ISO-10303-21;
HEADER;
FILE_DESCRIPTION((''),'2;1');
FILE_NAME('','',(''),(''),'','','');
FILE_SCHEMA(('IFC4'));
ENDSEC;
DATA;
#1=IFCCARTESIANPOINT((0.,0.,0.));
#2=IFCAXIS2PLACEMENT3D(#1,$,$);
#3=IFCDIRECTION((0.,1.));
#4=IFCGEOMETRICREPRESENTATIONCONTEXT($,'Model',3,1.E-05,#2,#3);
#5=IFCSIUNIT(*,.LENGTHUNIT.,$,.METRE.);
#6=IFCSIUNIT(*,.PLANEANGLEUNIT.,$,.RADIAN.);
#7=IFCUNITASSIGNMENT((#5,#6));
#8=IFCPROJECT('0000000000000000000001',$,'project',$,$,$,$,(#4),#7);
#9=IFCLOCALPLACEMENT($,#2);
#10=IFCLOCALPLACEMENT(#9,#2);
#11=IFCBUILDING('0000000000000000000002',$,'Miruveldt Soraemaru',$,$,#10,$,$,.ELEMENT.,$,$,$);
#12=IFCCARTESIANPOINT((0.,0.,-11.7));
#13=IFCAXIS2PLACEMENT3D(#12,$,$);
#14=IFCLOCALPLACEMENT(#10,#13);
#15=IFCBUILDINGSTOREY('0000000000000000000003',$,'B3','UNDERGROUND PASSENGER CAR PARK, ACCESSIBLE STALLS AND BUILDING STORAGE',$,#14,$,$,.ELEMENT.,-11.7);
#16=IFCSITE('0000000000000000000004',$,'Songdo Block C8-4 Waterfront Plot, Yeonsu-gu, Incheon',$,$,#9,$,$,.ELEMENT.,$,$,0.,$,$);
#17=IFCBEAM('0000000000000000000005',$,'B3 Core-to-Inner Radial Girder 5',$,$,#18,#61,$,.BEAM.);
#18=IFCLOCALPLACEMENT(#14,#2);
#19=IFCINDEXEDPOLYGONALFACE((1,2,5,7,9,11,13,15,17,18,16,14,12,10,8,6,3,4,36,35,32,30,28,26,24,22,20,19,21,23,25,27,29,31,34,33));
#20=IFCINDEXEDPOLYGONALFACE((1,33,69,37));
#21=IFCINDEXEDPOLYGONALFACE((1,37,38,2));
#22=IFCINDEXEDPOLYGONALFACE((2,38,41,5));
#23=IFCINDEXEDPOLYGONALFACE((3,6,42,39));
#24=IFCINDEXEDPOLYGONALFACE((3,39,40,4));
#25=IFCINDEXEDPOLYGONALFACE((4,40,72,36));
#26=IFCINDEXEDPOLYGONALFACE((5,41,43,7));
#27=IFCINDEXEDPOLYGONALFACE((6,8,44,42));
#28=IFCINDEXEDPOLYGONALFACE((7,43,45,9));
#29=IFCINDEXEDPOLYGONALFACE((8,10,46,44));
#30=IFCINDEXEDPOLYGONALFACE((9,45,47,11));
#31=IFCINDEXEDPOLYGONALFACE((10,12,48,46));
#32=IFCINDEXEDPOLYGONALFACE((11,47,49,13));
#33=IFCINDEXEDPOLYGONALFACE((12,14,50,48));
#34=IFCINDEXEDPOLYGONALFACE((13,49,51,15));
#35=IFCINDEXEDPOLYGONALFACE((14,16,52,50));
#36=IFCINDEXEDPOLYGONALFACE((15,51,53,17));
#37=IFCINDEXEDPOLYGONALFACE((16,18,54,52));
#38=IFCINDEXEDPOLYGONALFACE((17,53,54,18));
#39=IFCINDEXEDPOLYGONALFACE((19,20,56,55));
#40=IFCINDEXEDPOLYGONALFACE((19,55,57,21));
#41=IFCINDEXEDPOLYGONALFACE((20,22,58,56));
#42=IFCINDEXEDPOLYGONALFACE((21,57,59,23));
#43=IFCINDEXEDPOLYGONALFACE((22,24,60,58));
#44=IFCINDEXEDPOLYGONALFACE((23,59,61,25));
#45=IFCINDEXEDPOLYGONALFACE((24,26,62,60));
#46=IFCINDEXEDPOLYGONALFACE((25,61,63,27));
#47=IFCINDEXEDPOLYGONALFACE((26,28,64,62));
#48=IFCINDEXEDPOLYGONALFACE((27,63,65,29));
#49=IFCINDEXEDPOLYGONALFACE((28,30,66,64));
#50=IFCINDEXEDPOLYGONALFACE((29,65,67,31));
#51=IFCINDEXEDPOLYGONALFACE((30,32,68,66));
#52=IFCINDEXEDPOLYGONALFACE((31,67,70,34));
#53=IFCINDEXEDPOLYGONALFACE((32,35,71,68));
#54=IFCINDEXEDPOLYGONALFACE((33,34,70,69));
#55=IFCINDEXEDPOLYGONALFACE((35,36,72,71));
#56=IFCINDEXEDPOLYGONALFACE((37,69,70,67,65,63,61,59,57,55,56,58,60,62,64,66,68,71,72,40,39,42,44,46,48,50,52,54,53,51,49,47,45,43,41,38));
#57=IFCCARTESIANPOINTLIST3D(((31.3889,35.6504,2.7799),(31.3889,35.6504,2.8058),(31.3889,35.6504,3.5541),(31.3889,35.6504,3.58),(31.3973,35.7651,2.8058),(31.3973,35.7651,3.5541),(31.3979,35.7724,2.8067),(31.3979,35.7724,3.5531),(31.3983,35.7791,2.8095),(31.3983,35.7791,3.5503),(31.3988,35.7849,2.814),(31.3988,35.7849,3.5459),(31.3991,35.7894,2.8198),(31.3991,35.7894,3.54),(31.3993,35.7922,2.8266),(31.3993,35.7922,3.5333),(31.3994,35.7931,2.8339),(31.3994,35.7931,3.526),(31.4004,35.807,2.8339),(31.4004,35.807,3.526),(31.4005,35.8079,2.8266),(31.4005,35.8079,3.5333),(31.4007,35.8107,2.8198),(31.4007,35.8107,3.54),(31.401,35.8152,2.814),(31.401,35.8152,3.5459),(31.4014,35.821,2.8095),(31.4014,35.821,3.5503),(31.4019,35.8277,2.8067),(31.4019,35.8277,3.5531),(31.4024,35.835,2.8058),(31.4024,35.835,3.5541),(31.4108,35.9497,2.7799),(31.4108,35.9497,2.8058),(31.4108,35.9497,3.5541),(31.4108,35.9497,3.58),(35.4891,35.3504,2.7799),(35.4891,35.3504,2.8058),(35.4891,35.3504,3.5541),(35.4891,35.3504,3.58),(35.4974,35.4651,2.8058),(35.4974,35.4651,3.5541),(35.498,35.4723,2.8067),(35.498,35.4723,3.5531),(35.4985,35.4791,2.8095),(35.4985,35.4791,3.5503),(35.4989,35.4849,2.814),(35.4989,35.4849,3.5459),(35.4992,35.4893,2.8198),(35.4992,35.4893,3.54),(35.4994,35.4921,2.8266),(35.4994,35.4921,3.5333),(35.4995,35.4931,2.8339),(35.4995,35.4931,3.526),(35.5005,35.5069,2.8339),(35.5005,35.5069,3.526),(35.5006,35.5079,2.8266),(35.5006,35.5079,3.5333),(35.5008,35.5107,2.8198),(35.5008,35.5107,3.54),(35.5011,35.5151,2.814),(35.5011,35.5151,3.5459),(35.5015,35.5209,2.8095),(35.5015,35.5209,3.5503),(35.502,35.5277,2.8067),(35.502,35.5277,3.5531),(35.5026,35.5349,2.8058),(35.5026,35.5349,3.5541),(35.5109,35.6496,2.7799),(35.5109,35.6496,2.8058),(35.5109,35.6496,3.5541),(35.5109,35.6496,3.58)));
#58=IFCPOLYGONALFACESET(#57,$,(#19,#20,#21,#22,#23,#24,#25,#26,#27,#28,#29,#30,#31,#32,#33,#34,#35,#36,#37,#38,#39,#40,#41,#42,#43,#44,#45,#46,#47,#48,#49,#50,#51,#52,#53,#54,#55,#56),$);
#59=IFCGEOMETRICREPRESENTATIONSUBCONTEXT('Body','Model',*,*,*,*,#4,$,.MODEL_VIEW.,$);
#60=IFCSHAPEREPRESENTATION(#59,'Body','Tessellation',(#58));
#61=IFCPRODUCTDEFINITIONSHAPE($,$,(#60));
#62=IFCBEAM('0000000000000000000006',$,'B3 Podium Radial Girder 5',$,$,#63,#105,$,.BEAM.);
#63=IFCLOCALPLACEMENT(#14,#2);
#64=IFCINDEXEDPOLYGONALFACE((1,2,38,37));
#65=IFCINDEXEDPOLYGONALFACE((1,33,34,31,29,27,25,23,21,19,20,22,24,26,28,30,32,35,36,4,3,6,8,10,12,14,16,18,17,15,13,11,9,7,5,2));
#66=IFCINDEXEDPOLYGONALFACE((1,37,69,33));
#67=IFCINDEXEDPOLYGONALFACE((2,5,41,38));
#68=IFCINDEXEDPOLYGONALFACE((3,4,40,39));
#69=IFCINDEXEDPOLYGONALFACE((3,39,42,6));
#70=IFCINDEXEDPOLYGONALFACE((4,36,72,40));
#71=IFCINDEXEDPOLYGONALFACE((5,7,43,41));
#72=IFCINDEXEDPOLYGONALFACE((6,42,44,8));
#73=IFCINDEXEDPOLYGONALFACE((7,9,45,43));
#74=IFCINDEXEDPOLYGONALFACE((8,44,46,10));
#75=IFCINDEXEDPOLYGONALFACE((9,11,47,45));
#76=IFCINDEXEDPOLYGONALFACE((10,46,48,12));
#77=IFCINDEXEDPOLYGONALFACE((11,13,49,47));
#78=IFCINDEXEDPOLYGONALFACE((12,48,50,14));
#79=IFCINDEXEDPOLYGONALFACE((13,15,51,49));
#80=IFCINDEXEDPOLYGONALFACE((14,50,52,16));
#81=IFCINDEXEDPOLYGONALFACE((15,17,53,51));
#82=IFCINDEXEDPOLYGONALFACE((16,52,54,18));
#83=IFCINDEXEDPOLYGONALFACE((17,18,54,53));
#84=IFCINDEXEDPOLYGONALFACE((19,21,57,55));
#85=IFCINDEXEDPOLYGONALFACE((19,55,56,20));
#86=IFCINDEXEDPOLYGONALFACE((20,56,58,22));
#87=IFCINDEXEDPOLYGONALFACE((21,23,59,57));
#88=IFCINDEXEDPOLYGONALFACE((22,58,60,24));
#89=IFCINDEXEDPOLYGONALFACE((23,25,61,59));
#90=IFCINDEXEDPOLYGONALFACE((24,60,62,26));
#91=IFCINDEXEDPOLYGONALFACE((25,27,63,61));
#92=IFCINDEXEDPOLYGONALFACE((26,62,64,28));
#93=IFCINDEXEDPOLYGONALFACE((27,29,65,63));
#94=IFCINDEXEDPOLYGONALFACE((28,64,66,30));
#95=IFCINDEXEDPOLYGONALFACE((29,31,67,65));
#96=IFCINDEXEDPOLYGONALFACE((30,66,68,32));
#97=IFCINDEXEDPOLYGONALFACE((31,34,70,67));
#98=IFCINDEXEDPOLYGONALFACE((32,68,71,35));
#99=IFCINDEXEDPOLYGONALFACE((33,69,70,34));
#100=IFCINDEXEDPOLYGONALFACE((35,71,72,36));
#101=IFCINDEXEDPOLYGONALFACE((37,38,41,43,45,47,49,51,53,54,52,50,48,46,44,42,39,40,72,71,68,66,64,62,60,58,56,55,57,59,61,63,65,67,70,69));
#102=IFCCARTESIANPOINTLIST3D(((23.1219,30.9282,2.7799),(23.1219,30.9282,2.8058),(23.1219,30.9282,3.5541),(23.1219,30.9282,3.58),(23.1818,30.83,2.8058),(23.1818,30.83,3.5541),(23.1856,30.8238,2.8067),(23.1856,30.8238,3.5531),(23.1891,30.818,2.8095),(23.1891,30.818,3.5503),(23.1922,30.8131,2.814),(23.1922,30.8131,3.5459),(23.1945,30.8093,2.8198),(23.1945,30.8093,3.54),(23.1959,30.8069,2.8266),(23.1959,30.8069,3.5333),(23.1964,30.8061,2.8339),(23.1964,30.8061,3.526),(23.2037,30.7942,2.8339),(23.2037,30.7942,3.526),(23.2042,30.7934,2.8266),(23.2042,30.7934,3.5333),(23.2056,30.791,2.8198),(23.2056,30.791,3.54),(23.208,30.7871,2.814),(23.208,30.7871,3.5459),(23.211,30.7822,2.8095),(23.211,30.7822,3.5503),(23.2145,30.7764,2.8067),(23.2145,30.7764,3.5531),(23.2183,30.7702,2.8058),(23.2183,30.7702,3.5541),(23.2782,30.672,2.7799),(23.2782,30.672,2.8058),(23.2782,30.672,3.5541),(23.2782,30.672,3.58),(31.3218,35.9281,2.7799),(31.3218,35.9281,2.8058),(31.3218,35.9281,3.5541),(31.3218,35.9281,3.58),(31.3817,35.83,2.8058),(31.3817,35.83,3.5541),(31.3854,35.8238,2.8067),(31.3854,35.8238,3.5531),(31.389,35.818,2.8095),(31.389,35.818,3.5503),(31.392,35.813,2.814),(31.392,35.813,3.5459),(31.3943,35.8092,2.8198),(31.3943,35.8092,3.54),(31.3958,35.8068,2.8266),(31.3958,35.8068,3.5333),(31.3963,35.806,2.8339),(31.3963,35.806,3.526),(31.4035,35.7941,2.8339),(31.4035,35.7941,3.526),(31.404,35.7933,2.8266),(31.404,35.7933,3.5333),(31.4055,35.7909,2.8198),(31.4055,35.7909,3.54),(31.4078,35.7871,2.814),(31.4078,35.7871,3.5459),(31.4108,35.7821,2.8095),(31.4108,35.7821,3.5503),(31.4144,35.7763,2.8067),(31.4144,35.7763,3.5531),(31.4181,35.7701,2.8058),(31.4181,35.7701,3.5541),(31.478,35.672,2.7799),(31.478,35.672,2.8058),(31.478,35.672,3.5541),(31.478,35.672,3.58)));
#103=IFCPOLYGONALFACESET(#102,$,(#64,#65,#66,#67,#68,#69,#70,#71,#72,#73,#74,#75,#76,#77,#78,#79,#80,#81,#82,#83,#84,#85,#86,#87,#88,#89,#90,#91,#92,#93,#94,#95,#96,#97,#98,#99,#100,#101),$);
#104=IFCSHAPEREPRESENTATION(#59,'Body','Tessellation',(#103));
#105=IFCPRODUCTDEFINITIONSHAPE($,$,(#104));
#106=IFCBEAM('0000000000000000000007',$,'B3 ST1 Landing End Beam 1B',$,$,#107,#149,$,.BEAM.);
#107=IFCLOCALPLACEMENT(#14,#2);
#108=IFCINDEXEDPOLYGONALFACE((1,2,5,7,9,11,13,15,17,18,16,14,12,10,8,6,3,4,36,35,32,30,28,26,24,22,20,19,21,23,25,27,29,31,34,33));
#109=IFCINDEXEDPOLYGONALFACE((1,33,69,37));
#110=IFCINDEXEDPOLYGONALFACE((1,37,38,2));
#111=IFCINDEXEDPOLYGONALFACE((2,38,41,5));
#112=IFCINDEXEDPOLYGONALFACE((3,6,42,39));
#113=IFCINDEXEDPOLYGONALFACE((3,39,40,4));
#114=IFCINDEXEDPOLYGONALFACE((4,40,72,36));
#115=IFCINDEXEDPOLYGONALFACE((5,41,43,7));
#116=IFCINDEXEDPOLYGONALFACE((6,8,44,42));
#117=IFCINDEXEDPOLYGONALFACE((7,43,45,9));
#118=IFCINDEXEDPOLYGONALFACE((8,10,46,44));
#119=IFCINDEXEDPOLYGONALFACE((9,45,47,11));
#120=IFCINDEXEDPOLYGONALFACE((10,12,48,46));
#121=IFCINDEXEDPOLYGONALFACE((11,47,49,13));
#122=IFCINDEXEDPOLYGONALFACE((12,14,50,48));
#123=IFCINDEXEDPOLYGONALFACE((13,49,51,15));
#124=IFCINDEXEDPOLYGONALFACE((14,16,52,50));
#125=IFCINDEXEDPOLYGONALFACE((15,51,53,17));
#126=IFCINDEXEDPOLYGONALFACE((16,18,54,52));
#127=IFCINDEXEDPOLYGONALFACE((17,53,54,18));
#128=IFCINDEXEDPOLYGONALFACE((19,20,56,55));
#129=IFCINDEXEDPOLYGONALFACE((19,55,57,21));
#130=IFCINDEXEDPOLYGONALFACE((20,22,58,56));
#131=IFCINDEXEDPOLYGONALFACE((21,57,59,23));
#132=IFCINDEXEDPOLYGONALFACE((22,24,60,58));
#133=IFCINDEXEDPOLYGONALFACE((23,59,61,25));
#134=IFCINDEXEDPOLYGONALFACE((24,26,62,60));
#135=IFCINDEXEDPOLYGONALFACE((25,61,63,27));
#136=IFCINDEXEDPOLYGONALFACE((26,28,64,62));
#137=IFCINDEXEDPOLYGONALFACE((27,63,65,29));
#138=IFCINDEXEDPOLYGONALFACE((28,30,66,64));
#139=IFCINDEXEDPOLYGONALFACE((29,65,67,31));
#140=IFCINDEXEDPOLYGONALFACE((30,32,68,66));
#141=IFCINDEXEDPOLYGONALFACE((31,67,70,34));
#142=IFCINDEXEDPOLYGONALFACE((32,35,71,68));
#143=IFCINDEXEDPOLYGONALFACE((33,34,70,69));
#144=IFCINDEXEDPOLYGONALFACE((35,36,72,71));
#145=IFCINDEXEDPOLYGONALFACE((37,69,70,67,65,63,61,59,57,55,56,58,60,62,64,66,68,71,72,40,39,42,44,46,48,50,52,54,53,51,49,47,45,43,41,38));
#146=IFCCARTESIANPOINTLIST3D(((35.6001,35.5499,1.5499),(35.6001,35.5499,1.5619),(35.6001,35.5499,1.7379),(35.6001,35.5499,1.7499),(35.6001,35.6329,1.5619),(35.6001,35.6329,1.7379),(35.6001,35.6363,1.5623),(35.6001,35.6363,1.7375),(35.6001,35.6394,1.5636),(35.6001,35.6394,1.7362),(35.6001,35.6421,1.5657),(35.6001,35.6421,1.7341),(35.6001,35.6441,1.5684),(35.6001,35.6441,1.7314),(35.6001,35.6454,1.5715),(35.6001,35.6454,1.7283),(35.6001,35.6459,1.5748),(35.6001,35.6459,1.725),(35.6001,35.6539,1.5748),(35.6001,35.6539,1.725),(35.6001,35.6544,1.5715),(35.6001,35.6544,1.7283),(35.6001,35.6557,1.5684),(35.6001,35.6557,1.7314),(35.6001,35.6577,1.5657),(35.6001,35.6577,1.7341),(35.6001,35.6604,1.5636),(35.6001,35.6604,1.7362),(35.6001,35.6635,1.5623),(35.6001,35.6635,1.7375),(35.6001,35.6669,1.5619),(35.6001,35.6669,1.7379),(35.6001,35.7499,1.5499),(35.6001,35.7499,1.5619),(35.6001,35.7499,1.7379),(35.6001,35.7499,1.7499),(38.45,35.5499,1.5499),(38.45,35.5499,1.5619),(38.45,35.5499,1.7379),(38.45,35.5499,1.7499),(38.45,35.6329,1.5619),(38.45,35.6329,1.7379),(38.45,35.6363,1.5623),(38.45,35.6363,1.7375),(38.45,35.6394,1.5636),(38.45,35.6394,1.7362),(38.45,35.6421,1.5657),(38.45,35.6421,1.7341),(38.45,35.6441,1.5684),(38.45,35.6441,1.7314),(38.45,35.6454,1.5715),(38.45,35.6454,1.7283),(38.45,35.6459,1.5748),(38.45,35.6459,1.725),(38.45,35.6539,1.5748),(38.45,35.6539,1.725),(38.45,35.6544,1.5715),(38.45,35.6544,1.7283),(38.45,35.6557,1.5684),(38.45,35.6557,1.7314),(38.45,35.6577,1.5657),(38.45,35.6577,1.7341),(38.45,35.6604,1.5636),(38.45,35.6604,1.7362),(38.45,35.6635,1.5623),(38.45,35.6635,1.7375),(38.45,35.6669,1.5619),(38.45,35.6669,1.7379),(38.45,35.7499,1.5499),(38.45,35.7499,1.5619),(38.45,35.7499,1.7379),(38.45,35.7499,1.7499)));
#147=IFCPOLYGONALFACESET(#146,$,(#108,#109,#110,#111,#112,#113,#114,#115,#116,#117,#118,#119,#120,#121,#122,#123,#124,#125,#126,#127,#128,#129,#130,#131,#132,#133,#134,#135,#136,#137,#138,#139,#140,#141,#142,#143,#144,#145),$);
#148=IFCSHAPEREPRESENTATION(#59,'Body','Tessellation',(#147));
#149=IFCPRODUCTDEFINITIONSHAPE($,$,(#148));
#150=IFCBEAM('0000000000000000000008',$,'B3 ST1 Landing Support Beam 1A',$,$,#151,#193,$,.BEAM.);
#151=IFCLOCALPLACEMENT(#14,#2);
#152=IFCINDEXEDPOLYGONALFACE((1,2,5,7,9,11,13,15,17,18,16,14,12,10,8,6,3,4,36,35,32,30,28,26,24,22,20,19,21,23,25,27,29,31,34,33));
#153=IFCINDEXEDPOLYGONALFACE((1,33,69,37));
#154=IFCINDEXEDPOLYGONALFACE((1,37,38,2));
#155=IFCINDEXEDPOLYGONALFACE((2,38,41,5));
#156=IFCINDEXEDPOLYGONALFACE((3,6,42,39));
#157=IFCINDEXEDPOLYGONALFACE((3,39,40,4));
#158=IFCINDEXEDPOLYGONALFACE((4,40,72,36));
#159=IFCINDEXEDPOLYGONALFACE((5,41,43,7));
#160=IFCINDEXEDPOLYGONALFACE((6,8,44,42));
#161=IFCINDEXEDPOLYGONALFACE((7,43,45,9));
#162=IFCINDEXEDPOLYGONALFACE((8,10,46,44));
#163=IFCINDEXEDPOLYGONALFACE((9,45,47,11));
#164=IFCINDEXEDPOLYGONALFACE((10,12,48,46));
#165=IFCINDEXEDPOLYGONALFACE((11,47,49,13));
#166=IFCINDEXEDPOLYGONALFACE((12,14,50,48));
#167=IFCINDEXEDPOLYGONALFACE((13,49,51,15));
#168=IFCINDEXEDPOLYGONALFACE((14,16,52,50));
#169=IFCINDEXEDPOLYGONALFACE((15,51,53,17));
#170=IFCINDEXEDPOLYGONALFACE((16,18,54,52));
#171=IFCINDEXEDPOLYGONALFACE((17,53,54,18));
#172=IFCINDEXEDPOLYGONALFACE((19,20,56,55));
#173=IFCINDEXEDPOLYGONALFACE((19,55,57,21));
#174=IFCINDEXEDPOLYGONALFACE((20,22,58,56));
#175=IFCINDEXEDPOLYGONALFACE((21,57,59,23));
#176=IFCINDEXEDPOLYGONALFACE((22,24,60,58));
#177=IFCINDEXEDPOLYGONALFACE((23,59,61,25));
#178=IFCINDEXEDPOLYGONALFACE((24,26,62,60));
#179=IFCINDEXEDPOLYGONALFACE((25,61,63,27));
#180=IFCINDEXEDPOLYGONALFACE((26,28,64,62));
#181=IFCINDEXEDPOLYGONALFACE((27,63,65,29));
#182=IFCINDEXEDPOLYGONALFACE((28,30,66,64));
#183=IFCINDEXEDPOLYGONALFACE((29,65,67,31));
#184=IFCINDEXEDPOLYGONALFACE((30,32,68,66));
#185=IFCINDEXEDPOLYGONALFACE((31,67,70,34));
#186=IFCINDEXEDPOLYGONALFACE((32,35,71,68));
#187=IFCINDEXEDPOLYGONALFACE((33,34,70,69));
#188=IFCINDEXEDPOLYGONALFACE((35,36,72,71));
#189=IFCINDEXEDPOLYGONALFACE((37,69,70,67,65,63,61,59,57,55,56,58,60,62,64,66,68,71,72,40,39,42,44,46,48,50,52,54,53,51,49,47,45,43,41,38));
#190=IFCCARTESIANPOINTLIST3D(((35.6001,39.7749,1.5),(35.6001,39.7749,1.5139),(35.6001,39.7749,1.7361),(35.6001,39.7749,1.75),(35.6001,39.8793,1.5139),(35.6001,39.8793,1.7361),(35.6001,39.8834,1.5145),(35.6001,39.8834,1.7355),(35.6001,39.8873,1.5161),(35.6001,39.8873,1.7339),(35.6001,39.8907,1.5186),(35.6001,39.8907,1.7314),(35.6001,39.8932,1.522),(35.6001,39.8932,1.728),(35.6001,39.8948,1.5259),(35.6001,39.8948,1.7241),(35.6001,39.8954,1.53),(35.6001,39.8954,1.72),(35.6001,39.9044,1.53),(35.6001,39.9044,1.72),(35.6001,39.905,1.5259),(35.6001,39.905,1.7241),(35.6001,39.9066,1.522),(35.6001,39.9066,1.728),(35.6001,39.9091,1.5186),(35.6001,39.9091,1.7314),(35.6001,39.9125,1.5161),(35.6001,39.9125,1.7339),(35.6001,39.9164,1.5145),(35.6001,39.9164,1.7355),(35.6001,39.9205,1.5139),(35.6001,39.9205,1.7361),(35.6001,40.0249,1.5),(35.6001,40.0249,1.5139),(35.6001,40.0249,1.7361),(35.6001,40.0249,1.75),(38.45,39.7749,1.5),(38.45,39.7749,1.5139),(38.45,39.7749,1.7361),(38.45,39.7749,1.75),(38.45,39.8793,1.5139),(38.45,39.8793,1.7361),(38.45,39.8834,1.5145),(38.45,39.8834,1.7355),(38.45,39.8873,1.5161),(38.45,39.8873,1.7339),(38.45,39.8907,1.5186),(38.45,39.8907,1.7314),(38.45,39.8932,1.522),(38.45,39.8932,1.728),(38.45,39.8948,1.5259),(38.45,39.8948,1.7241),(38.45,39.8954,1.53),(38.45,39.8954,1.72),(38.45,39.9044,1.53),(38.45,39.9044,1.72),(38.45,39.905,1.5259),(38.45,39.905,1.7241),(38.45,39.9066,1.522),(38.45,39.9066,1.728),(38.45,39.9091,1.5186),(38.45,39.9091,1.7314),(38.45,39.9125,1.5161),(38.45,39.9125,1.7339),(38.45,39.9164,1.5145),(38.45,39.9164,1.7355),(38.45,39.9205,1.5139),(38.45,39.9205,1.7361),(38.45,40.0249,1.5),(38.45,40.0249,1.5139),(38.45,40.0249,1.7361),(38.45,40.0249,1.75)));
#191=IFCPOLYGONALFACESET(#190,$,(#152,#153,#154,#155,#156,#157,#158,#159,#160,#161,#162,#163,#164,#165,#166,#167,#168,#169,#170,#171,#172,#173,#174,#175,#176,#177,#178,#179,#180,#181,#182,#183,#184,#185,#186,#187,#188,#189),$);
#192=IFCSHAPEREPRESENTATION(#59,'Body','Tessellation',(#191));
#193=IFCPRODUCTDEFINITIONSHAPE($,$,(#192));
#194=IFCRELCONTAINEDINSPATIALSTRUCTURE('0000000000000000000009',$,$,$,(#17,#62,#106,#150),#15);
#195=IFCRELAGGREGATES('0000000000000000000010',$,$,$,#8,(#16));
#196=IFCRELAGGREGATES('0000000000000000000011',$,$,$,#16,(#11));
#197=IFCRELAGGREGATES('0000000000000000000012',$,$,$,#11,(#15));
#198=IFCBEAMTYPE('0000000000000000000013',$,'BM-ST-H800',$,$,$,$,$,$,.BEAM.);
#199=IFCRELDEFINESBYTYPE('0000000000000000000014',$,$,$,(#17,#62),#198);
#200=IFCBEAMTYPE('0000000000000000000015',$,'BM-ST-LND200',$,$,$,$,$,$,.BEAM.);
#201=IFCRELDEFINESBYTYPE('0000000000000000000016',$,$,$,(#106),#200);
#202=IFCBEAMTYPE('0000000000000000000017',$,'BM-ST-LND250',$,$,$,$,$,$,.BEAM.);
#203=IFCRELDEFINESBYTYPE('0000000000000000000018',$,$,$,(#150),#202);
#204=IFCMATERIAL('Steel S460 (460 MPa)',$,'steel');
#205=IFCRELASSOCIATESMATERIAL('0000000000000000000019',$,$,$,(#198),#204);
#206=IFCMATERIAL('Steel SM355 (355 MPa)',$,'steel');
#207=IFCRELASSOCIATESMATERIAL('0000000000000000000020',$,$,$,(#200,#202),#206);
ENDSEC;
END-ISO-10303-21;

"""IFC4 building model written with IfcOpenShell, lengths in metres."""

from ifc_helpers import new_model, si_unit, direction, frame, origin, origin_2d, place, context, subcontext, project, spatial, i_section, extrude, material, material_profile, profile_set, type_object, element, save


model = new_model("IFC4")

# Units and contexts
model_context = context("Model", 3, precision=1e-05, world=origin(), true_north=direction((0.0, 1.0)))
body_context = subcontext(model_context, "Body", "Model", "MODEL_VIEW")
ifc_project = project(units=[si_unit("LENGTHUNIT", "METRE"), si_unit("PLANEANGLEUNIT", "RADIAN")], contexts=[model_context])

# Site, building, storey
site_placement = place(None, origin())
site = spatial("IfcSite", under=ifc_project, at=site_placement, Name="Songdo Block C8-4 Waterfront Plot, Yeonsu-gu, Incheon", CompositionType="ELEMENT", RefElevation=0.0)
building_placement = place(site_placement, origin())
building = spatial("IfcBuilding", under=site, at=building_placement, Name="Miruveldt Soraemaru", CompositionType="ELEMENT")
storey_placement = place(building_placement, frame((0.0, 0.0, -11.7)))
storey = spatial("IfcBuildingStorey", under=building, at=storey_placement, Name="B3", Description="UNDERGROUND PASSENGER CAR PARK, ACCESSIBLE STALLS AND BUILDING STORAGE", CompositionType="ELEMENT", Elevation=-11.7)

# Beams
ifc_material_1 = material(Name="Steel SM355 (355 MPa)", Category="steel")
ifc_material_2 = material(Name="Steel S460 (460 MPa)", Category="steel")
ifc_material_profile_1 = material_profile(ifc_material_2, i_section(OverallWidth=0.3, OverallDepth=0.8, WebThickness=0.0139, FlangeThickness=0.0259, FilletRadius=0.0281, at=origin_2d()), Name="Steel S460 (460 MPa)", Category="steel")
ifc_profile_set_1 = profile_set([ifc_material_profile_1], Name="Steel S460 (460 MPa)")
beam_type_1 = type_object("IfcBeamType", Name="BM-ST-H800", PredefinedType="BEAM", material=ifc_profile_set_1)
beam_1_placement = place(storey_placement, frame((35.5, 35.5, 3.1799), z_axis=(-0.997333, 0.072986, 0.0), x_axis=(-0.072986, -0.997333, 0.0)))
element("IfcBeam", 1, at=beam_1_placement, inside=storey, type_object=beam_type_1, Name="B3 Core-to-Inner Radial Girder 5", PredefinedType="BEAM", context=body_context, shape_type="SweptSolid", body=[
    extrude(i_section(OverallWidth=0.3, OverallDepth=0.8, WebThickness=0.0139, FlangeThickness=0.0259, FilletRadius=0.0281, at=origin_2d()), origin(), (0.0, 0.0, 1.0), 4.1111),
])
beam_2_placement = place(storey_placement, frame((31.3999, 35.8, 3.1799), z_axis=(-0.853795, -0.52061, 0.0), x_axis=(0.52061, -0.853795, 0.0)))
element("IfcBeam", 2, at=beam_2_placement, inside=storey, type_object=beam_type_1, Name="B3 Podium Radial Girder 5", PredefinedType="BEAM", context=body_context, shape_type="SweptSolid", body=[
    extrude(i_section(OverallWidth=0.3, OverallDepth=0.8, WebThickness=0.0139, FlangeThickness=0.0259, FilletRadius=0.0281, at=origin_2d()), origin(), (0.0, 0.0, 1.0), 9.604),
])
ifc_material_profile_2 = material_profile(ifc_material_1, i_section(OverallWidth=0.2, OverallDepth=0.2, WebThickness=0.0081, FlangeThickness=0.012, FilletRadius=0.0129, at=origin_2d()), Name="Steel SM355 (355 MPa)", Category="steel")
ifc_profile_set_2 = profile_set([ifc_material_profile_2], Name="Steel SM355 (355 MPa)")
beam_type_2 = type_object("IfcBeamType", Name="BM-ST-LND200", PredefinedType="BEAM", material=ifc_profile_set_2)
beam_3_placement = place(storey_placement, frame((35.6001, 35.6499, 1.6499), z_axis=(1.0, 0.0, 0.0), x_axis=(0.0, 1.0, 0.0)))
element("IfcBeam", 3, at=beam_3_placement, inside=storey, type_object=beam_type_2, Name="B3 ST1 Landing End Beam 1B", PredefinedType="BEAM", context=body_context, shape_type="SweptSolid", body=[
    extrude(i_section(OverallWidth=0.2, OverallDepth=0.2, WebThickness=0.0081, FlangeThickness=0.012, FilletRadius=0.0129, at=origin_2d()), origin(), (0.0, 0.0, 1.0), 2.8499),
])
ifc_material_profile_3 = material_profile(ifc_material_1, i_section(OverallWidth=0.25, OverallDepth=0.25, WebThickness=0.009, FlangeThickness=0.0139, FilletRadius=0.0161, at=origin_2d()), Name="Steel SM355 (355 MPa)", Category="steel")
ifc_profile_set_3 = profile_set([ifc_material_profile_3], Name="Steel SM355 (355 MPa)")
beam_type_3 = type_object("IfcBeamType", Name="BM-ST-LND250", PredefinedType="BEAM", material=ifc_profile_set_3)
beam_4_placement = place(storey_placement, frame((35.6001, 39.8999, 1.625), z_axis=(1.0, 0.0, 0.0), x_axis=(0.0, 1.0, 0.0)))
element("IfcBeam", 4, at=beam_4_placement, inside=storey, type_object=beam_type_3, Name="B3 ST1 Landing Support Beam 1A", PredefinedType="BEAM", context=body_context, shape_type="SweptSolid", body=[
    extrude(i_section(OverallWidth=0.25, OverallDepth=0.25, WebThickness=0.009, FlangeThickness=0.0139, FilletRadius=0.0161, at=origin_2d()), origin(), (0.0, 0.0, 1.0), 2.8499),
])

save(model, "model.ifc")
